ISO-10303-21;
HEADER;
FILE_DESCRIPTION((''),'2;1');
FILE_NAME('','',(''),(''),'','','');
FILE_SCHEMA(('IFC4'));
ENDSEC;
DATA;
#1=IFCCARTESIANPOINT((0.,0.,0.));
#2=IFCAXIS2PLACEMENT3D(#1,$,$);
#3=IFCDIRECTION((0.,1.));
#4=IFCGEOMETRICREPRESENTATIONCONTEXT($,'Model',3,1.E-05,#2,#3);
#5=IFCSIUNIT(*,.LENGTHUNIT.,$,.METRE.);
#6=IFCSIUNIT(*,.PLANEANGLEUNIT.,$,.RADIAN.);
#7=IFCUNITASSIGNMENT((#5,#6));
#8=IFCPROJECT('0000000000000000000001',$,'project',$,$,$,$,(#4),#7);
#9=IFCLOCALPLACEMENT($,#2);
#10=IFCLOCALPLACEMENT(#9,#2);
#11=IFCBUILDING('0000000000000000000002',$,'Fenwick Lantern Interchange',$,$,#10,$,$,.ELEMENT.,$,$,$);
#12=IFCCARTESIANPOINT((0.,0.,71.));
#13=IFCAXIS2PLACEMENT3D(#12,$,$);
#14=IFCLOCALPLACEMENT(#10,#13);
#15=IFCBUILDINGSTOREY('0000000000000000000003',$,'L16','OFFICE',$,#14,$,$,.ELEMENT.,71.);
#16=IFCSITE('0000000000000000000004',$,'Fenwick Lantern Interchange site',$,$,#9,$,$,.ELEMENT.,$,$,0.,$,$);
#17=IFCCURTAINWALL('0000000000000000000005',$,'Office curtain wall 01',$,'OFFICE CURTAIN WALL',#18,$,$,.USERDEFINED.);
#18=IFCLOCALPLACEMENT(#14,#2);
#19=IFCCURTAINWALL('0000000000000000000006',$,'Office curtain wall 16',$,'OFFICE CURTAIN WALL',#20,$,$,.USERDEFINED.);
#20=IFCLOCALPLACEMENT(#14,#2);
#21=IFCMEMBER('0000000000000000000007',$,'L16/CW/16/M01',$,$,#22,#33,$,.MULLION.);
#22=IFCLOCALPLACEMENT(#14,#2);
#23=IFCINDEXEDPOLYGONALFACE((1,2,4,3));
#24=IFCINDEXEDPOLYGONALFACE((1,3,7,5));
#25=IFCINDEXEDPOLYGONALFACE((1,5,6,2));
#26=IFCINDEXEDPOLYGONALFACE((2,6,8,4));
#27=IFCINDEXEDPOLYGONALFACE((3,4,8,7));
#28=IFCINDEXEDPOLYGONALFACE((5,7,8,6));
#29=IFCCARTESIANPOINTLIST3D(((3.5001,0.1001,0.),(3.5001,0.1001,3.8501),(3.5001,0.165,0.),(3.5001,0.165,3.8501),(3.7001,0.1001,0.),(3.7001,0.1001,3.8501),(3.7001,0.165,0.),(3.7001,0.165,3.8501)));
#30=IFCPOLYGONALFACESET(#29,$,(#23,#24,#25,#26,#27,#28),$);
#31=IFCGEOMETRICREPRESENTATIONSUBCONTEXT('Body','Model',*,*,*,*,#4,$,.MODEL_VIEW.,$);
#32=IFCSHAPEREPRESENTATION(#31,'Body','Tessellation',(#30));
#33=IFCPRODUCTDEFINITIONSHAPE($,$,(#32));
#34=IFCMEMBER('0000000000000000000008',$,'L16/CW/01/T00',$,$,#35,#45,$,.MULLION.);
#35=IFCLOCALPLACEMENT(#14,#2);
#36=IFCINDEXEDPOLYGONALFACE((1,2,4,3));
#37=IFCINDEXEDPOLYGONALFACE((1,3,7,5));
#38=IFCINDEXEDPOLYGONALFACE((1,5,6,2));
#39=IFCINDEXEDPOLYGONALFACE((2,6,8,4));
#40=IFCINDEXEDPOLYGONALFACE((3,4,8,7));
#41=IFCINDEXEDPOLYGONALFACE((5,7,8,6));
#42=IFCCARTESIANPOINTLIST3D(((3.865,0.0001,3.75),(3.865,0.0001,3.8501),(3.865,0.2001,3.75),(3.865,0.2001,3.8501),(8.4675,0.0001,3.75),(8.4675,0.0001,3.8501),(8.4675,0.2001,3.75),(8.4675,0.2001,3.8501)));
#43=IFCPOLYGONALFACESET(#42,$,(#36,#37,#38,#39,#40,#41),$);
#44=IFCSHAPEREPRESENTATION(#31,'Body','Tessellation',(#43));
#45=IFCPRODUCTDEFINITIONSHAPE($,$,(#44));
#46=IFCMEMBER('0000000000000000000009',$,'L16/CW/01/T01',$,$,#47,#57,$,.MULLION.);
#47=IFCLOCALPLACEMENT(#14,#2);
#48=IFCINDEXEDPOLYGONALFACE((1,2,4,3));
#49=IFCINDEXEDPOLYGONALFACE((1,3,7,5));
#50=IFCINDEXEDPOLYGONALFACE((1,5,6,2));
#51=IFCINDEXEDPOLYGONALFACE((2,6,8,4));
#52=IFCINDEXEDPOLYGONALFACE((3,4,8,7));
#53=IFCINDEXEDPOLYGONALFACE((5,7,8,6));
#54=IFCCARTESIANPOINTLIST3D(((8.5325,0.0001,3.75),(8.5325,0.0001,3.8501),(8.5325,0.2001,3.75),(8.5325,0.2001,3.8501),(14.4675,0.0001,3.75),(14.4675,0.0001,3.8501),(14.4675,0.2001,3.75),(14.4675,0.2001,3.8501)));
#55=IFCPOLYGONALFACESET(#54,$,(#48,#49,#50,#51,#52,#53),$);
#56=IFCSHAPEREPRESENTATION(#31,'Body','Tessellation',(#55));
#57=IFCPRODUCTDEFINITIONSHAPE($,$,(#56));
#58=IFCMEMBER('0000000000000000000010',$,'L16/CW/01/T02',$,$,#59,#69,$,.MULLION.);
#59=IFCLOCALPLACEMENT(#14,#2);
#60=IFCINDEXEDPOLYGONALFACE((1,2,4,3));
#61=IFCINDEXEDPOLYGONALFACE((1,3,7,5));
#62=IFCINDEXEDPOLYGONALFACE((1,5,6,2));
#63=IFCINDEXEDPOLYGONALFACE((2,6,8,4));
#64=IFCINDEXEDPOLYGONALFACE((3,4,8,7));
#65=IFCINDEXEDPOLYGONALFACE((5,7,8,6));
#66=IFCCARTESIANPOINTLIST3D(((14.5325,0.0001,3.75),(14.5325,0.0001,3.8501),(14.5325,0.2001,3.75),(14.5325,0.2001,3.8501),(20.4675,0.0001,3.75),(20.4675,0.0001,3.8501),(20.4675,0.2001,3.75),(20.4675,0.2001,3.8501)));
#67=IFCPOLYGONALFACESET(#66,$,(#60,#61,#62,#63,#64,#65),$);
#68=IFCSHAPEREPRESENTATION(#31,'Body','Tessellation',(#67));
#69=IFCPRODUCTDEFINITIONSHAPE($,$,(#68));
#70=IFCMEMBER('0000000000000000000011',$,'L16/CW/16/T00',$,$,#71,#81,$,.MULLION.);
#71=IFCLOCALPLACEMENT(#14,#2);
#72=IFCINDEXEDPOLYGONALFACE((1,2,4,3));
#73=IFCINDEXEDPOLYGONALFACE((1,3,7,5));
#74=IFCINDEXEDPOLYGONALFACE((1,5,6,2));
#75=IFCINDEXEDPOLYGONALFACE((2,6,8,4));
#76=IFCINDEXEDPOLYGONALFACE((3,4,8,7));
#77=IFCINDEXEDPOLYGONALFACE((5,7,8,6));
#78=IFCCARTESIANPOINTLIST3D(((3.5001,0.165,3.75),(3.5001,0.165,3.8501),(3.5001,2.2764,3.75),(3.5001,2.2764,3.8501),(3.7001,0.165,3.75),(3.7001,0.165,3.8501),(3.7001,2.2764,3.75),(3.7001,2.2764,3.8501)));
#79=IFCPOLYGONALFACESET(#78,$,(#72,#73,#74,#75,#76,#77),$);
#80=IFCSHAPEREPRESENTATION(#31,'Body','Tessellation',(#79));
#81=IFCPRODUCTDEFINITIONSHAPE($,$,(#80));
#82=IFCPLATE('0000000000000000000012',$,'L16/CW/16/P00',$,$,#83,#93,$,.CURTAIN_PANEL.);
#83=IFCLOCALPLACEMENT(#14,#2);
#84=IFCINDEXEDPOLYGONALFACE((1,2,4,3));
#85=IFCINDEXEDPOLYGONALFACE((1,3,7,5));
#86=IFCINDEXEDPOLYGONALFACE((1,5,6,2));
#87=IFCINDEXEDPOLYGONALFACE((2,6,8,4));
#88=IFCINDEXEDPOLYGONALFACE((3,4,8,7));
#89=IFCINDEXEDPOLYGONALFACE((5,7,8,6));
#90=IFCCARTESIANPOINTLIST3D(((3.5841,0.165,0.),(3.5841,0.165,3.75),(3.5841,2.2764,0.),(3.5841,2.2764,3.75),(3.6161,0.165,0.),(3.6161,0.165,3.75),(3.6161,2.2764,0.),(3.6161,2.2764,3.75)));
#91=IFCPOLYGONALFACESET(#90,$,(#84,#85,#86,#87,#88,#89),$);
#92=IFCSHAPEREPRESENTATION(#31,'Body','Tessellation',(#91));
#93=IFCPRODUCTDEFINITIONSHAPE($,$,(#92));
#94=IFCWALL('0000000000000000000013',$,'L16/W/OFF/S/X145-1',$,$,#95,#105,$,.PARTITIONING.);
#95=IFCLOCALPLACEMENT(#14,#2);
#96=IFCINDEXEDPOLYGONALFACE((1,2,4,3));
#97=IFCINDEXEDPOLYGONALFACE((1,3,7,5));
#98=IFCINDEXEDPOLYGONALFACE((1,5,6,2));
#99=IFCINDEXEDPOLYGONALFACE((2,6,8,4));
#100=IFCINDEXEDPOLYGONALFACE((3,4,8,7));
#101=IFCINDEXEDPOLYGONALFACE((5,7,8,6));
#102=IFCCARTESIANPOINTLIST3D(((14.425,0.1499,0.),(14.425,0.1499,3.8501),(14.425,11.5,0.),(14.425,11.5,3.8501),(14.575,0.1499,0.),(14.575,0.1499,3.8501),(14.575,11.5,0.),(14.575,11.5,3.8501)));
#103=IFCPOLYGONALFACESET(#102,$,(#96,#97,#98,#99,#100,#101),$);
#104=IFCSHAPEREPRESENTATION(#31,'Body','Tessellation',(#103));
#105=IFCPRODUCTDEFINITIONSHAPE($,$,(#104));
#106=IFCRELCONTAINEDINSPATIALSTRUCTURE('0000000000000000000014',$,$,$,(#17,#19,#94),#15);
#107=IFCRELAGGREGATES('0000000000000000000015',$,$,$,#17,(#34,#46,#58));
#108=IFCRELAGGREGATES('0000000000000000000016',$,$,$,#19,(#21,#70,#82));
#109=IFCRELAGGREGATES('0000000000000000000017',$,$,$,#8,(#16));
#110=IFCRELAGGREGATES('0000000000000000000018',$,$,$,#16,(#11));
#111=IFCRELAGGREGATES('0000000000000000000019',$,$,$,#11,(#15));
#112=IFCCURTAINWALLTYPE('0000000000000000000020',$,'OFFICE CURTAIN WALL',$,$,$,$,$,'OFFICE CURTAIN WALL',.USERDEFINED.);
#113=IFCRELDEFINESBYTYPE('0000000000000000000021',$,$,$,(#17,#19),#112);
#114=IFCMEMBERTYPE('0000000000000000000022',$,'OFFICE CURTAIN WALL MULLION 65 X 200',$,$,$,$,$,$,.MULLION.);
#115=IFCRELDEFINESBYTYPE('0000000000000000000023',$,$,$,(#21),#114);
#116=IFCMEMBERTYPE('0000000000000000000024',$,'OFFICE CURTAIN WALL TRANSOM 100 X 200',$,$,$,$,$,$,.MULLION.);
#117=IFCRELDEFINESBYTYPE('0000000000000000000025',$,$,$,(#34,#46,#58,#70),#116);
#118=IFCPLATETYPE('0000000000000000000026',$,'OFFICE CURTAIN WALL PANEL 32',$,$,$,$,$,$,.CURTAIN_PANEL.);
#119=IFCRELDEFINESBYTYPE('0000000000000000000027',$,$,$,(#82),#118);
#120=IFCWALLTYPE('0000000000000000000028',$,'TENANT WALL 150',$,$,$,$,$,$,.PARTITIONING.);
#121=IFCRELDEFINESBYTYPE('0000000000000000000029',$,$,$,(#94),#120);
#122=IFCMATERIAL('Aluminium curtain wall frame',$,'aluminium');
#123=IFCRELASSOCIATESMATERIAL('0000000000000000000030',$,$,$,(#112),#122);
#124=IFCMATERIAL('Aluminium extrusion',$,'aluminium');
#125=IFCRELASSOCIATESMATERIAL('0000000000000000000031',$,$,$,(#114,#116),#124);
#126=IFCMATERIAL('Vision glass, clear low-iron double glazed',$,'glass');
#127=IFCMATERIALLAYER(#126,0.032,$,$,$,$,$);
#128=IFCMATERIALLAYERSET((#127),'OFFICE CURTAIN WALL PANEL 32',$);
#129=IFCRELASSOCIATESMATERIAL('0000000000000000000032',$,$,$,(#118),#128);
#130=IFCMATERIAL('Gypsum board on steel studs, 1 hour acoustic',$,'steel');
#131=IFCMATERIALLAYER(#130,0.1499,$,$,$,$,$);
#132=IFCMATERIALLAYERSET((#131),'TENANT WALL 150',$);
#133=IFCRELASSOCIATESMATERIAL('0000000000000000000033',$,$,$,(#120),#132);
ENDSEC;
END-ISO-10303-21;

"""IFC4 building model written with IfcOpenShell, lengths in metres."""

from ifc_helpers import new_model, si_unit, direction, frame, frame_2d, origin, origin_2d, place, context, subcontext, project, spatial, rectangle, extrude, material, layer, layer_set, material_profile, profile_set, type_object, element, aggregate, save


model = new_model("IFC4")

# Units and contexts
model_context = context("Model", 3, precision=1e-05, world=origin(), true_north=direction((0.0, 1.0)))
body_context = subcontext(model_context, "Body", "Model", "MODEL_VIEW")
ifc_project = project(units=[si_unit("LENGTHUNIT", "METRE"), si_unit("PLANEANGLEUNIT", "RADIAN")], contexts=[model_context])

# Site, building, storey
site_placement = place(None, origin())
site = spatial("IfcSite", under=ifc_project, at=site_placement, Name="Fenwick Lantern Interchange site", CompositionType="ELEMENT", RefElevation=0.0)
building_placement = place(site_placement, origin())
building = spatial("IfcBuilding", under=site, at=building_placement, Name="Fenwick Lantern Interchange", CompositionType="ELEMENT")
storey_placement = place(building_placement, frame((0.0, 0.0, 71.0)))
storey = spatial("IfcBuildingStorey", under=building, at=storey_placement, Name="L16", Description="OFFICE", CompositionType="ELEMENT", Elevation=71.0)

# Curtain walls, member
ifc_material_1 = material(Name="Aluminium curtain wall frame", Category="aluminium")
curtain_wall_type = type_object("IfcCurtainWallType", Name="OFFICE CURTAIN WALL", ElementType="OFFICE CURTAIN WALL", PredefinedType="USERDEFINED", material=ifc_material_1)
curtain_wall_1_placement = place(storey_placement, origin())
curtain_wall_1 = element("IfcCurtainWall", 1, at=curtain_wall_1_placement, inside=storey, type_object=curtain_wall_type, Name="Office curtain wall 01", ObjectType="OFFICE CURTAIN WALL", PredefinedType="USERDEFINED")
ifc_material_2 = material(Name="Aluminium extrusion", Category="aluminium")
ifc_material_profile_1 = material_profile(ifc_material_2, rectangle(XDim=0.2, YDim=0.0649, at=origin_2d()), Name="OFFICE CURTAIN WALL MULLION 65 X 200")
ifc_profile_set_1 = profile_set([ifc_material_profile_1], Name="Aluminium extrusion")
member_type_1 = type_object("IfcMemberType", Name="OFFICE CURTAIN WALL MULLION 65 X 200", PredefinedType="MULLION", material=ifc_profile_set_1)
curtain_wall_2_placement = place(storey_placement, origin())
curtain_wall_2 = element("IfcCurtainWall", 2, at=curtain_wall_2_placement, inside=storey, type_object=curtain_wall_type, Name="Office curtain wall 16", ObjectType="OFFICE CURTAIN WALL", PredefinedType="USERDEFINED")
member_1_placement = place(storey_placement, frame((3.6001, 0.1326, 0.0), z_axis=(0.0, 0.0, 1.0), x_axis=(1.0, 0.0, 0.0)))
member_1 = element("IfcMember", 3, at=member_1_placement, type_object=member_type_1, Name="L16/CW/16/M01", PredefinedType="MULLION", context=body_context, shape_type="SweptSolid", body=[
    extrude(rectangle(XDim=0.2, YDim=0.0649, at=origin_2d()), origin(), (0.0, 0.0, 1.0), 3.8501),
])

# Members
ifc_material_profile_2 = material_profile(ifc_material_2, rectangle(XDim=0.2, YDim=0.1001, at=origin_2d()), Name="OFFICE CURTAIN WALL TRANSOM 100 X 200")
ifc_profile_set_2 = profile_set([ifc_material_profile_2], Name="Aluminium extrusion")
member_type_2 = type_object("IfcMemberType", Name="OFFICE CURTAIN WALL TRANSOM 100 X 200", PredefinedType="MULLION", material=ifc_profile_set_2)
member_2_placement = place(storey_placement, frame((3.865, 0.1001, 3.8), z_axis=(1.0, 0.0, 0.0), x_axis=(0.0, 1.0, 0.0)))
member_2 = element("IfcMember", 4, at=member_2_placement, type_object=member_type_2, Name="L16/CW/01/T00", PredefinedType="MULLION", context=body_context, shape_type="SweptSolid", body=[
    extrude(rectangle(XDim=0.2, YDim=0.1001, at=origin_2d()), origin(), (0.0, 0.0, 1.0), 4.6025),
])
member_3_placement = place(storey_placement, frame((8.5325, 0.1001, 3.8), z_axis=(1.0, 0.0, 0.0), x_axis=(0.0, 1.0, 0.0)))
member_3 = element("IfcMember", 5, at=member_3_placement, type_object=member_type_2, Name="L16/CW/01/T01", PredefinedType="MULLION", context=body_context, shape_type="SweptSolid", body=[
    extrude(rectangle(XDim=0.2, YDim=0.1001, at=origin_2d()), origin(), (0.0, 0.0, 1.0), 5.9351),
])
member_4_placement = place(storey_placement, frame((14.5325, 0.1001, 3.8), z_axis=(1.0, 0.0, 0.0), x_axis=(0.0, 1.0, 0.0)))
member_4 = element("IfcMember", 6, at=member_4_placement, type_object=member_type_2, Name="L16/CW/01/T02", PredefinedType="MULLION", context=body_context, shape_type="SweptSolid", body=[
    extrude(rectangle(XDim=0.2, YDim=0.1001, at=origin_2d()), origin(), (0.0, 0.0, 1.0), 5.9351),
])
aggregate(curtain_wall_1, [member_2, member_3, member_4])
member_5_placement = place(storey_placement, frame((3.6001, 2.2764, 3.8), z_axis=(0.0, -1.0, 0.0), x_axis=(1.0, 0.0, 0.0)))
member_5 = element("IfcMember", 7, at=member_5_placement, type_object=member_type_2, Name="L16/CW/16/T00", PredefinedType="MULLION", context=body_context, shape_type="SweptSolid", body=[
    extrude(rectangle(XDim=0.2, YDim=0.1001, at=origin_2d()), origin(), (0.0, 0.0, 1.0), 2.1113),
])

# Plate
ifc_material_3 = material(Name="Vision glass, clear low-iron double glazed", Category="glass")
ifc_layer_1 = layer(ifc_material_3, 0.032)
ifc_layer_set_1 = layer_set([ifc_layer_1], Name="OFFICE CURTAIN WALL PANEL 32")
plate_type = type_object("IfcPlateType", Name="OFFICE CURTAIN WALL PANEL 32", PredefinedType="CURTAIN_PANEL", material=ifc_layer_set_1)
plate_placement = place(storey_placement, frame((3.6001, 1.2207, 0.0), z_axis=(0.0, 0.0, 1.0), x_axis=(0.0, -1.0, 0.0)))
plate = element("IfcPlate", 8, at=plate_placement, type_object=plate_type, Name="L16/CW/16/P00", PredefinedType="CURTAIN_PANEL", context=body_context, shape_type="SweptSolid", body=[
    extrude(rectangle(XDim=2.1113, YDim=0.032, at=origin_2d()), origin(), (0.0, 0.0, 1.0), 3.75),
])
aggregate(curtain_wall_2, [member_1, member_5, plate])

# Wall
ifc_material_4 = material(Name="Gypsum board on steel studs, 1 hour acoustic", Category="steel")
ifc_layer_2 = layer(ifc_material_4, 0.1499)
ifc_layer_set_2 = layer_set([ifc_layer_2], Name="TENANT WALL 150")
wall_type = type_object("IfcWallType", Name="TENANT WALL 150", PredefinedType="PARTITIONING", material=ifc_layer_set_2)
wall_placement = place(storey_placement, frame((14.5, 0.1499, 0.0), z_axis=(0.0, 0.0, 1.0), x_axis=(0.0, 1.0, 0.0)))
element("IfcWall", 9, at=wall_placement, inside=storey, type_object=wall_type, Name="L16/W/OFF/S/X145-1", PredefinedType="PARTITIONING", context=body_context, shape_type="SweptSolid", body=[
    extrude(rectangle(XDim=11.3501, YDim=0.1499, at=frame_2d((5.675, 0.0))), origin(), (0.0, 0.0, 1.0), 3.8501),
])

save(model, "model.ifc")
